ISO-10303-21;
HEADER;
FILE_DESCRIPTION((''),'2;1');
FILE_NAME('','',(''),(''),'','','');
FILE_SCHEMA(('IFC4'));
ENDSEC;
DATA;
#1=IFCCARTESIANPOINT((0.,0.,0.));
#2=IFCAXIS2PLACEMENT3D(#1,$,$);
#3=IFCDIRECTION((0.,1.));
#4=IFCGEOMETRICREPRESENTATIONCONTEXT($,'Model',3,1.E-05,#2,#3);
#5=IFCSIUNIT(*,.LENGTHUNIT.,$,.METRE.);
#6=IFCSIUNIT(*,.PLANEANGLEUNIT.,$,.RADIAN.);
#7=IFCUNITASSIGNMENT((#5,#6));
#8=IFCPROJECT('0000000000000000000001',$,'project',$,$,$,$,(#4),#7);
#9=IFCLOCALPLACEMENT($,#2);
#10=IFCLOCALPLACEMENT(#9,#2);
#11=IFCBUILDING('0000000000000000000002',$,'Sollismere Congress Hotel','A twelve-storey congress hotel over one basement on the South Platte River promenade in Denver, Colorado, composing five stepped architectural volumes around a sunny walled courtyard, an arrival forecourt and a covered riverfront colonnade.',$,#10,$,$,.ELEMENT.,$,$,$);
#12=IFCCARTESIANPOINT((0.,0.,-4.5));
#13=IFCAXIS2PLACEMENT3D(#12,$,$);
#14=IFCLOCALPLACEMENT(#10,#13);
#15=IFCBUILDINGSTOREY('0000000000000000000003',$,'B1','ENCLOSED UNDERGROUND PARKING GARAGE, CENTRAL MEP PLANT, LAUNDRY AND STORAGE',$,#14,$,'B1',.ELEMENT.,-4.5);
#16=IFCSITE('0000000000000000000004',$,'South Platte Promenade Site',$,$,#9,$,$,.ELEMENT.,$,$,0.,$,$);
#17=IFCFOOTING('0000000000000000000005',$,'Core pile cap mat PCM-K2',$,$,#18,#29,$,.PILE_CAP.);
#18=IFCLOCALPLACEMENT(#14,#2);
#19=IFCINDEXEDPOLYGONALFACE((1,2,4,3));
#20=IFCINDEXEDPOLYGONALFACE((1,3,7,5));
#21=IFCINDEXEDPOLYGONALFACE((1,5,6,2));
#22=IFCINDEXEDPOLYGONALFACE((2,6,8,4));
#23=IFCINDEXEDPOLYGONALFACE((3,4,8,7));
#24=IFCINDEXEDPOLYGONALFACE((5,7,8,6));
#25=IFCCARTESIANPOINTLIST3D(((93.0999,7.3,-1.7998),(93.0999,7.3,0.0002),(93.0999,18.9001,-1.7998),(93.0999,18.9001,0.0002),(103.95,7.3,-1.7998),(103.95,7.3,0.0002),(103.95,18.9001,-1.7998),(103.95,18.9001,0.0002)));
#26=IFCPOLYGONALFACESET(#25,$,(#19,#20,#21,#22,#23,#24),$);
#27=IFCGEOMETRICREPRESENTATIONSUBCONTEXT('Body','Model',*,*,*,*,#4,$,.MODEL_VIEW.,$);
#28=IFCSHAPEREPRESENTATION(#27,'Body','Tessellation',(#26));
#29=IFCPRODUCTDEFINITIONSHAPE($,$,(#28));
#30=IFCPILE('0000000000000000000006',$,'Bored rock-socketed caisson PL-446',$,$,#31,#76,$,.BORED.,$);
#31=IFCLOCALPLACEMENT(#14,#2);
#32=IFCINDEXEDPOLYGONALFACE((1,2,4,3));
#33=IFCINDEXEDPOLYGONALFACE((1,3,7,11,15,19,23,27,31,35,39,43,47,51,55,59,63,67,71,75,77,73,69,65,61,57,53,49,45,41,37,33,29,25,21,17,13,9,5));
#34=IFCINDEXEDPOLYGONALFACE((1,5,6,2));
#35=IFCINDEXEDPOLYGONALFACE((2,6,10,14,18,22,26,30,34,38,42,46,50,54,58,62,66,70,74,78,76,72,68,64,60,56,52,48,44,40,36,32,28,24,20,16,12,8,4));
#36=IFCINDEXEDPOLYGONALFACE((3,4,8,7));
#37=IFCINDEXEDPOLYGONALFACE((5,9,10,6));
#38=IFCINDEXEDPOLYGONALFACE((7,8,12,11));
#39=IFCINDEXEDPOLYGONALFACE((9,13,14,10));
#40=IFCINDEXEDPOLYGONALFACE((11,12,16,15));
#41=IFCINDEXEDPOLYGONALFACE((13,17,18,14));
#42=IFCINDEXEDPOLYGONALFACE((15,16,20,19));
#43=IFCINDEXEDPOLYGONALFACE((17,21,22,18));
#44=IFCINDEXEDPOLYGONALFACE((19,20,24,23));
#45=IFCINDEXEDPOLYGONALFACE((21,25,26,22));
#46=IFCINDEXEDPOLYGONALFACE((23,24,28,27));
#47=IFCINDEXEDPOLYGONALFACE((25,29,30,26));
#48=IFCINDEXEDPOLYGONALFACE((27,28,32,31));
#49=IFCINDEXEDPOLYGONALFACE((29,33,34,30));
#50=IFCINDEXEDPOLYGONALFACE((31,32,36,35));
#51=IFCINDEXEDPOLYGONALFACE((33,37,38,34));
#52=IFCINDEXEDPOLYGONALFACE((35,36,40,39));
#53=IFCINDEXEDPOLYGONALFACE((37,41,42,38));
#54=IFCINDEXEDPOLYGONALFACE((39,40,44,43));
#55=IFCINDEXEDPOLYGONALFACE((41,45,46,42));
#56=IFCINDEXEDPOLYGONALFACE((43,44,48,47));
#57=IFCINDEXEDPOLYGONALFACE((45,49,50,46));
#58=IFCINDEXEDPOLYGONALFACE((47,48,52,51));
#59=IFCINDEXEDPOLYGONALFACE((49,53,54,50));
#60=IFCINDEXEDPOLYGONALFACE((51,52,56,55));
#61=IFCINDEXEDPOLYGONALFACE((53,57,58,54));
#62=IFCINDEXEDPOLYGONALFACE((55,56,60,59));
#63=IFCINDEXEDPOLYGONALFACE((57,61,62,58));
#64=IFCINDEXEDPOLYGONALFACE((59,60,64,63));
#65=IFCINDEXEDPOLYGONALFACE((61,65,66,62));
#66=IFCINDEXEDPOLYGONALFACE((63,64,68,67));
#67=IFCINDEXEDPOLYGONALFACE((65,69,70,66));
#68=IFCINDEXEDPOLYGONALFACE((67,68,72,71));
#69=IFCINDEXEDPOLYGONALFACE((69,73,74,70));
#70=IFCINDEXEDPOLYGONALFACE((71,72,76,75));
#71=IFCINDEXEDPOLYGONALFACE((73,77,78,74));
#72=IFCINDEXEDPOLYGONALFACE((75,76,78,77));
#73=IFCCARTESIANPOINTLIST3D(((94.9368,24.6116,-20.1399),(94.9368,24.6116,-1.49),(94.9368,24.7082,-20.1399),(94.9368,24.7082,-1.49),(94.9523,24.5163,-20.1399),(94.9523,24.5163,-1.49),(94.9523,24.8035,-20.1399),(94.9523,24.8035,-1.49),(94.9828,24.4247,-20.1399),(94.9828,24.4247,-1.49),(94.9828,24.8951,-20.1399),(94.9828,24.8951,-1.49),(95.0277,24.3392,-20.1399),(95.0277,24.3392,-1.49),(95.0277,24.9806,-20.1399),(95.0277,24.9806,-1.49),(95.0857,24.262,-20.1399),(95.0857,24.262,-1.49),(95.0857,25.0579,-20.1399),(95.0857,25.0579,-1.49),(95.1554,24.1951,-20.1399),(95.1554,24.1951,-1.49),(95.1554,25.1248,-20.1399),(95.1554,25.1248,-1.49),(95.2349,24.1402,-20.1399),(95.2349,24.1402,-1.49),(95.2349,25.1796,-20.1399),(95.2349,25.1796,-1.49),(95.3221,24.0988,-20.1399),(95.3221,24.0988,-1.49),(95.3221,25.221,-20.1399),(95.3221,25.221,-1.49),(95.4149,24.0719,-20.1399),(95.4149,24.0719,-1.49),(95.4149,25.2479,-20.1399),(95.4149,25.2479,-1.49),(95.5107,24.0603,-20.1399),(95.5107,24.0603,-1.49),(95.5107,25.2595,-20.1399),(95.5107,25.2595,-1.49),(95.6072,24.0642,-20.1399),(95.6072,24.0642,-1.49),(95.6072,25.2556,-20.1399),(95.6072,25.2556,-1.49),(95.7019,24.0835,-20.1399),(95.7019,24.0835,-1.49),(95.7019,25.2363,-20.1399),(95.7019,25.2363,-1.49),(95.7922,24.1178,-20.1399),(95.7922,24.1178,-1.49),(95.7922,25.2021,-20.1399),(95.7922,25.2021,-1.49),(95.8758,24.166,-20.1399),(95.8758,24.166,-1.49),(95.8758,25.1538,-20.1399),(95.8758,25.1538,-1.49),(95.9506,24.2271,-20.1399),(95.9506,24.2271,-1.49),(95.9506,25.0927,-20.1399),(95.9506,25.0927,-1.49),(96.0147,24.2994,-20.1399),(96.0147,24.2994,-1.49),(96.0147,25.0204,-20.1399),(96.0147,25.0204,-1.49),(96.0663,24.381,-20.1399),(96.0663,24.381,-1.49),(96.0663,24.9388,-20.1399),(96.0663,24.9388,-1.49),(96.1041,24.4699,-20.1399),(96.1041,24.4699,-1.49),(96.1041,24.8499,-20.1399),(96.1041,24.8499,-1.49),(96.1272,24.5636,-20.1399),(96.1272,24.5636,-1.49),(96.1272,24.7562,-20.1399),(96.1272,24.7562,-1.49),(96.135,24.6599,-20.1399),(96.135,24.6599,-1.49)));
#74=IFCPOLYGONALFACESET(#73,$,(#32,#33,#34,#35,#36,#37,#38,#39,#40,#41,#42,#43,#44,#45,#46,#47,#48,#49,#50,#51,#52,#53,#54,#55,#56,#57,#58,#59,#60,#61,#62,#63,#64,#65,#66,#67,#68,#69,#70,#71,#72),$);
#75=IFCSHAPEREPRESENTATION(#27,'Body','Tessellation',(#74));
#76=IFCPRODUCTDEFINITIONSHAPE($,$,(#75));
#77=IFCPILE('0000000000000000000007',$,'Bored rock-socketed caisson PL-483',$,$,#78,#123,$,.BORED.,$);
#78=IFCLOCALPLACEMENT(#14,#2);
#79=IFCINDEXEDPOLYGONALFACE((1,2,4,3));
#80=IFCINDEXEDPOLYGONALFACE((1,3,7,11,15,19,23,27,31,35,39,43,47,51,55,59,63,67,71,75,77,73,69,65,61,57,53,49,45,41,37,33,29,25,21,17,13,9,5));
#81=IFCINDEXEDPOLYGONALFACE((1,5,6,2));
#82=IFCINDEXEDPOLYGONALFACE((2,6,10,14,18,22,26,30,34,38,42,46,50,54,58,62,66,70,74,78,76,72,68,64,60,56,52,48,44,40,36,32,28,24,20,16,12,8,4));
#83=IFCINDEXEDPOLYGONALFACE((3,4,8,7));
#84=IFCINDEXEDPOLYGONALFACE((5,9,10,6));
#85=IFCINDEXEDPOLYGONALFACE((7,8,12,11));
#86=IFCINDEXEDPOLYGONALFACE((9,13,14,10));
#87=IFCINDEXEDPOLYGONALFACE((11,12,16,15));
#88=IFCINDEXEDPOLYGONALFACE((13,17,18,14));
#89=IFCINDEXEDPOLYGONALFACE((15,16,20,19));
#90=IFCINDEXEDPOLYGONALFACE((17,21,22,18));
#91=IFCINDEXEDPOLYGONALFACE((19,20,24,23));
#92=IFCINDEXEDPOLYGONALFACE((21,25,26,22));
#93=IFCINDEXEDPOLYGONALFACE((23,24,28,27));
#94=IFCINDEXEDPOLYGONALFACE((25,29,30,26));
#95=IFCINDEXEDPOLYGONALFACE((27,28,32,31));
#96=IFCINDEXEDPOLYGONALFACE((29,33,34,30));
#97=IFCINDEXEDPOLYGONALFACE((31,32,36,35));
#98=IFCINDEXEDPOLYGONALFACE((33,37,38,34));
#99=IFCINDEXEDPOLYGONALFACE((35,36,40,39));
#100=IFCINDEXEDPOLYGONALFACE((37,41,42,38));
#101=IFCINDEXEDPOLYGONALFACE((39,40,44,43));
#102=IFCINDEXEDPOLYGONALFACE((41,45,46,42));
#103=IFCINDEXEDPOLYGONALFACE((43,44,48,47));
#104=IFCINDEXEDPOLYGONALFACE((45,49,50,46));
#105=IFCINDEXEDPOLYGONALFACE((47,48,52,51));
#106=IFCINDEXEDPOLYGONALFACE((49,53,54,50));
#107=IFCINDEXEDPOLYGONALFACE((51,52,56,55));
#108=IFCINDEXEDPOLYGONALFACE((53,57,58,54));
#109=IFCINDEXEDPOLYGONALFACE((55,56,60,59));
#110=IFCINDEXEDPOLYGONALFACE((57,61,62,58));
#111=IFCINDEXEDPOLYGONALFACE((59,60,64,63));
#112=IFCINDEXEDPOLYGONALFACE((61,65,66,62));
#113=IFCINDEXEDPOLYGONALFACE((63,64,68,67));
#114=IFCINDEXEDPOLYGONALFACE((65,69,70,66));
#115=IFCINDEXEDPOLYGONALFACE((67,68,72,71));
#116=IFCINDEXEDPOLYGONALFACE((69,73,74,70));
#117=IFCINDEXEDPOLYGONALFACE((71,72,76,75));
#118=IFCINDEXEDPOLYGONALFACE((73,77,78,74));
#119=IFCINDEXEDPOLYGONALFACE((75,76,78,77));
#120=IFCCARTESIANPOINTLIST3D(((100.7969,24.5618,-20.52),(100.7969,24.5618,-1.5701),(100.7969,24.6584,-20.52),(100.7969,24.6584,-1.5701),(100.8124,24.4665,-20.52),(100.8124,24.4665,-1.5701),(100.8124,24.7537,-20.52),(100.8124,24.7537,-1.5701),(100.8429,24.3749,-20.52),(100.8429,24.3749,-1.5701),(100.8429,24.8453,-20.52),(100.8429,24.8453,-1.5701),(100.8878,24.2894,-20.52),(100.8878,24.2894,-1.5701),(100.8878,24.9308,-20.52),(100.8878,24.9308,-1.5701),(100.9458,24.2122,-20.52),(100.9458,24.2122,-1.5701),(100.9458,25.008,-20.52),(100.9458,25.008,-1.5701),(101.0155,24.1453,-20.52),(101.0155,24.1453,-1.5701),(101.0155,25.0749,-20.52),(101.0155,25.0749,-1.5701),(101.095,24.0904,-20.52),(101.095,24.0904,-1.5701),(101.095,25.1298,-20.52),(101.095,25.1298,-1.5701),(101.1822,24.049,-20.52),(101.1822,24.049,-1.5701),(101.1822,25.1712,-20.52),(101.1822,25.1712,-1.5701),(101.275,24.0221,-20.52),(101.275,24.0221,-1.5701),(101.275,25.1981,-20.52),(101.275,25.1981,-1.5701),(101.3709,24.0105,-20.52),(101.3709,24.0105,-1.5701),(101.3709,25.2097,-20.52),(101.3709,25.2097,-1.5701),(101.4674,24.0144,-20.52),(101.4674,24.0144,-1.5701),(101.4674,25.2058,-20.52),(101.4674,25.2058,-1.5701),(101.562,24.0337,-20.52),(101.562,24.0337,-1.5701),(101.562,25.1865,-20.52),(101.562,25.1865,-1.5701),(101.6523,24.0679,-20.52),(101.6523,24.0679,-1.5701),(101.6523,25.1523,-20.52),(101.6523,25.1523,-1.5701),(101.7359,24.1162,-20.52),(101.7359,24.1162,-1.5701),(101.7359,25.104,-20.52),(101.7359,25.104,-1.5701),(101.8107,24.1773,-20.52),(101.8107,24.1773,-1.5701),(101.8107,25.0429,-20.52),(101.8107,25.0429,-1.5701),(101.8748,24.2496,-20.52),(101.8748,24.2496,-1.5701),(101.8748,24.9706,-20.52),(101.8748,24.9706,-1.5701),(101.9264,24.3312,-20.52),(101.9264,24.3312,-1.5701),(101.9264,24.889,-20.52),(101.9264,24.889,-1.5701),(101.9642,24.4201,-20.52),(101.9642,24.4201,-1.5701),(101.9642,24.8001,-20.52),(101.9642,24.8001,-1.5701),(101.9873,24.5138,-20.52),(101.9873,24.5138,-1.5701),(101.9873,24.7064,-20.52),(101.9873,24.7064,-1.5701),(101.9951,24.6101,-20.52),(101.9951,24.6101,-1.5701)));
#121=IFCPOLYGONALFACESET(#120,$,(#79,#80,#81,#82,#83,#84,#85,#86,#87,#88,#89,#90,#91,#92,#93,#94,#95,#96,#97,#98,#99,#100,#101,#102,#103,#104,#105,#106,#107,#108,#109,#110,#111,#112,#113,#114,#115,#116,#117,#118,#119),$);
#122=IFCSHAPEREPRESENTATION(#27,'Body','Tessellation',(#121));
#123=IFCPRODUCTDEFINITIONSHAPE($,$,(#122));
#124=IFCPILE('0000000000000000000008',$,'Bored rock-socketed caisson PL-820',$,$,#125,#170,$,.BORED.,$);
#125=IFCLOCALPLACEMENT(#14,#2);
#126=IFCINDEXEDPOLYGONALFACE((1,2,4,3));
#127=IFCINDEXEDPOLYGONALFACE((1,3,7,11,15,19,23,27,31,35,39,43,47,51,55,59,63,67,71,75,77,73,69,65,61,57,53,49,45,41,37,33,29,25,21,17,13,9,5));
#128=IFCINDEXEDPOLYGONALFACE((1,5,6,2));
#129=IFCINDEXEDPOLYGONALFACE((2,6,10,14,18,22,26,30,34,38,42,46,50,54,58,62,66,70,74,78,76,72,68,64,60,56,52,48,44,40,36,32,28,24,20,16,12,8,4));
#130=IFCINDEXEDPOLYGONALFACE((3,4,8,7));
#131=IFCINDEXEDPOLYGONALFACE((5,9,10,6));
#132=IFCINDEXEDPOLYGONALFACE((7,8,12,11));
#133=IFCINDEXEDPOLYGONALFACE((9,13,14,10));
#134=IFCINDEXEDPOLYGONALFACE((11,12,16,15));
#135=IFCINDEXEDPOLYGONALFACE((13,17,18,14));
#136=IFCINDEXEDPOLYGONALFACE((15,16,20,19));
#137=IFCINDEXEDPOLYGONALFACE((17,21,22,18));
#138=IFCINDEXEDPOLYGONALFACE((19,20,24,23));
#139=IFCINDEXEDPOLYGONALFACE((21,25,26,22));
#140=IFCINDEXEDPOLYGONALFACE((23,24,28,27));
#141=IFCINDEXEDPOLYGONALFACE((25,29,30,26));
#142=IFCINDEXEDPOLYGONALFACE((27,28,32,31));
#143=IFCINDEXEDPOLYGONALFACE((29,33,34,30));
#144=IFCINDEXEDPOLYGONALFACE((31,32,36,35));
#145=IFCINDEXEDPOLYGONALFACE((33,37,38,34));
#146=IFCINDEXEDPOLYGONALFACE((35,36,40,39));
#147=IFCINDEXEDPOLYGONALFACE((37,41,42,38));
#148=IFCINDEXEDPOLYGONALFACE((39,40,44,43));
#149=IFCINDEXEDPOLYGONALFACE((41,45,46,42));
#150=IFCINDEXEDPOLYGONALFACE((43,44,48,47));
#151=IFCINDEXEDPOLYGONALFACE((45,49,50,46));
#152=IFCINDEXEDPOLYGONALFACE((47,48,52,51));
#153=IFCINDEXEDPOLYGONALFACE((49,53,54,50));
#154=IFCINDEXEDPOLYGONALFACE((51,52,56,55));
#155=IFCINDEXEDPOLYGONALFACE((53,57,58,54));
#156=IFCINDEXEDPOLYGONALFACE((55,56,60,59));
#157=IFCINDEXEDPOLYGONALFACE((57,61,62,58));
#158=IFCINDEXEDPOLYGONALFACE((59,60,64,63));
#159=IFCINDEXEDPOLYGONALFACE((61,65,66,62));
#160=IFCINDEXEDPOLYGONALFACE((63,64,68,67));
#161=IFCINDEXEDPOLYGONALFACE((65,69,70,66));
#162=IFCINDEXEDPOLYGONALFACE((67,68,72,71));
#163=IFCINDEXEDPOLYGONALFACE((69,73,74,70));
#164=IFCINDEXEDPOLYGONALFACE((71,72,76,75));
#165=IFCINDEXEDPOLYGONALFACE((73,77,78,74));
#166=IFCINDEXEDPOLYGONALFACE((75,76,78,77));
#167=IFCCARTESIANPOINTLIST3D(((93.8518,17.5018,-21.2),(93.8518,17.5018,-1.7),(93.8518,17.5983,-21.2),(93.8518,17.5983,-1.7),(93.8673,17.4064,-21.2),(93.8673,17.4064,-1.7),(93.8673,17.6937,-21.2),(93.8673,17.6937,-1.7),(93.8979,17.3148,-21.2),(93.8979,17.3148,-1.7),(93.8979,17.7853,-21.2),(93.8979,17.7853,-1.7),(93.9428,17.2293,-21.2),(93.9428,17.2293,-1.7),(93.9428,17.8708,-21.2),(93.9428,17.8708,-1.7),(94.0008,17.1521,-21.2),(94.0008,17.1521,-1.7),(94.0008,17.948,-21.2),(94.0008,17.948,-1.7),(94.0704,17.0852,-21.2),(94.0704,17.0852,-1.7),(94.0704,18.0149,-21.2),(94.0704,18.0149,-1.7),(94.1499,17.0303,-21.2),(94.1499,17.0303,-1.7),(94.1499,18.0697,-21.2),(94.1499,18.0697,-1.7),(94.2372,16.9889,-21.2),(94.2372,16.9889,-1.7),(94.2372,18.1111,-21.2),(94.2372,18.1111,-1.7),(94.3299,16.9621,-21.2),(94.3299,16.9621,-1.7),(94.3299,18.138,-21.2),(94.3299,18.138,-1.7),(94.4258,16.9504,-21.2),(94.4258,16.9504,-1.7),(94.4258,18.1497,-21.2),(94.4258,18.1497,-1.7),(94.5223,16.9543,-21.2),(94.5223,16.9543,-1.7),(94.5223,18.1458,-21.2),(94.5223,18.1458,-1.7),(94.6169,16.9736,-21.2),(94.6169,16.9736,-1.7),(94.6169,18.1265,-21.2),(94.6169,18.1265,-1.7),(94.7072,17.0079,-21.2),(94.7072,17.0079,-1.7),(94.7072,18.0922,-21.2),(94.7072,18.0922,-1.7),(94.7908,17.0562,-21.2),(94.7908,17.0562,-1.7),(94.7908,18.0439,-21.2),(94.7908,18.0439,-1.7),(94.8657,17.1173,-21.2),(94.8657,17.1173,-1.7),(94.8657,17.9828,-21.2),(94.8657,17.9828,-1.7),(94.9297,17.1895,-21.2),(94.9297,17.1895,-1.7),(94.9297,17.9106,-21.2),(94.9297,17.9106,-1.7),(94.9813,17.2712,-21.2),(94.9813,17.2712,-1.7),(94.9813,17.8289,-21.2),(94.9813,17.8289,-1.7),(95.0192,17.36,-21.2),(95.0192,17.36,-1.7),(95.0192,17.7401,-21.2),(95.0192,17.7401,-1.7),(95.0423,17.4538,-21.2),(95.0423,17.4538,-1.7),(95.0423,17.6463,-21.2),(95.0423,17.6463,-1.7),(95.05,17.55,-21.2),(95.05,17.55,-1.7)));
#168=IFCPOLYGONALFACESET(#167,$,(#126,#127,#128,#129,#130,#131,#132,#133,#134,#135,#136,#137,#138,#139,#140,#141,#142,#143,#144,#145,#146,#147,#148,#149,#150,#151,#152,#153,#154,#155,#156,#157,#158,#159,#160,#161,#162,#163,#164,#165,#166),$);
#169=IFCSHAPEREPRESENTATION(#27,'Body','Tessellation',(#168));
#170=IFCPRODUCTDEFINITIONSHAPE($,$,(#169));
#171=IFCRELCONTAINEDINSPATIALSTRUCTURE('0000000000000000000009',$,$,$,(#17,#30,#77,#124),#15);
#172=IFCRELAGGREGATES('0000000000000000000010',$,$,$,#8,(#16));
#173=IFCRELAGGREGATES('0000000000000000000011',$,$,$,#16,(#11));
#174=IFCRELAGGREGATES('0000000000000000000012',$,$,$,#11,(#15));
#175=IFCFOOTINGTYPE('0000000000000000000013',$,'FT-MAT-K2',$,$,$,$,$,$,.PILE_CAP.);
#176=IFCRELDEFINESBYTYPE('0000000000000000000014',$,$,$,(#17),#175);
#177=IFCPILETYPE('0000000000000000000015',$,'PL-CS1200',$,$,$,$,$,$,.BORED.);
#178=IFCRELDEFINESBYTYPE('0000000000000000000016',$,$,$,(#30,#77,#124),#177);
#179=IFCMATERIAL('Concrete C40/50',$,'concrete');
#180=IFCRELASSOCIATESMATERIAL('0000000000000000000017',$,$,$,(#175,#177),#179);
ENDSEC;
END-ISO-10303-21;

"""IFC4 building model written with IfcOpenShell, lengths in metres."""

from ifc_helpers import new_model, si_unit, direction, frame, origin, origin_2d, place, context, subcontext, project, spatial, rectangle, circle, extrude, material, material_profile, profile_set, type_object, element, save


model = new_model("IFC4")

# Units and contexts
model_context = context("Model", 3, precision=1e-05, world=origin(), true_north=direction((0.0, 1.0)))
body_context = subcontext(model_context, "Body", "Model", "MODEL_VIEW")
ifc_project = project(units=[si_unit("LENGTHUNIT", "METRE"), si_unit("PLANEANGLEUNIT", "RADIAN")], contexts=[model_context])

# Site, building, storey
site_placement = place(None, origin())
site = spatial("IfcSite", under=ifc_project, at=site_placement, Name="South Platte Promenade Site", CompositionType="ELEMENT", RefElevation=0.0)
building_placement = place(site_placement, origin())
building = spatial("IfcBuilding", under=site, at=building_placement, Name="Sollismere Congress Hotel", Description="A twelve-storey congress hotel over one basement on the South Platte River promenade in Denver, Colorado, composing five stepped architectural volumes around a sunny walled courtyard, an arrival forecourt and a covered riverfront colonnade.", CompositionType="ELEMENT")
storey_placement = place(building_placement, frame((0.0, 0.0, -4.5)))
storey = spatial("IfcBuildingStorey", under=building, at=storey_placement, Name="B1", Description="ENCLOSED UNDERGROUND PARKING GARAGE, CENTRAL MEP PLANT, LAUNDRY AND STORAGE", LongName="B1", CompositionType="ELEMENT", Elevation=-4.5)

# Footing
ifc_material_1 = material(Name="Concrete C40/50", Category="concrete")
footing_type = type_object("IfcFootingType", Name="FT-MAT-K2", PredefinedType="PILE_CAP", material=ifc_material_1)
footing_placement = place(storey_placement, frame((98.5249, 13.1001, -1.7998), z_axis=(0.0, 0.0, 1.0), x_axis=(1.0, 0.0, 0.0)))
element("IfcFooting", 1, at=footing_placement, inside=storey, type_object=footing_type, Name="Core pile cap mat PCM-K2", PredefinedType="PILE_CAP", context=body_context, shape_type="SweptSolid", body=[
    extrude(rectangle(XDim=10.8501, YDim=11.6001, at=origin_2d()), origin(), (0.0, 0.0, 1.0), 1.8),
])

# Piles
ifc_material_profile = material_profile(ifc_material_1, circle(Radius=0.6001, at=origin_2d()), Name="CAISSON1200")
ifc_profile_set = profile_set([ifc_material_profile], Name="Concrete C40/50")
pile_type = type_object("IfcPileType", Name="PL-CS1200", PredefinedType="BORED", material=ifc_profile_set)
pile_1_placement = place(storey_placement, frame((95.5349, 24.6599, -1.49), z_axis=(0.0, 0.0, -1.0), x_axis=(1.0, 0.0, 0.0)))
element("IfcPile", 2, at=pile_1_placement, inside=storey, type_object=pile_type, Name="Bored rock-socketed caisson PL-446", PredefinedType="BORED", context=body_context, shape_type="SweptSolid", body=[
    extrude(circle(Radius=0.6001, at=origin_2d()), origin(), (0.0, 0.0, 1.0), 18.6499),
])
pile_2_placement = place(storey_placement, frame((101.395, 24.6101, -1.5701), z_axis=(0.0, 0.0, -1.0), x_axis=(1.0, 0.0, 0.0)))
element("IfcPile", 3, at=pile_2_placement, inside=storey, type_object=pile_type, Name="Bored rock-socketed caisson PL-483", PredefinedType="BORED", context=body_context, shape_type="SweptSolid", body=[
    extrude(circle(Radius=0.6001, at=origin_2d()), origin(), (0.0, 0.0, 1.0), 18.95),
])
for number, where, z_axis, x_axis, name in (
    (4, (94.45, 17.55, -1.7), (0.0, 0.0, -1.0), (1.0, 0.0, 0.0), "Bored rock-socketed caisson PL-820"),
):
    element("IfcPile", number, at=place(storey_placement, frame(where, z_axis=z_axis, x_axis=x_axis)), inside=storey, type_object=pile_type, Name=name, PredefinedType="BORED", context=body_context, shape_type="SweptSolid", body=[
        extrude(circle(Radius=0.6001, at=origin_2d()), origin(), (0.0, 0.0, 1.0), 19.5),
    ])

save(model, "model.ifc")
